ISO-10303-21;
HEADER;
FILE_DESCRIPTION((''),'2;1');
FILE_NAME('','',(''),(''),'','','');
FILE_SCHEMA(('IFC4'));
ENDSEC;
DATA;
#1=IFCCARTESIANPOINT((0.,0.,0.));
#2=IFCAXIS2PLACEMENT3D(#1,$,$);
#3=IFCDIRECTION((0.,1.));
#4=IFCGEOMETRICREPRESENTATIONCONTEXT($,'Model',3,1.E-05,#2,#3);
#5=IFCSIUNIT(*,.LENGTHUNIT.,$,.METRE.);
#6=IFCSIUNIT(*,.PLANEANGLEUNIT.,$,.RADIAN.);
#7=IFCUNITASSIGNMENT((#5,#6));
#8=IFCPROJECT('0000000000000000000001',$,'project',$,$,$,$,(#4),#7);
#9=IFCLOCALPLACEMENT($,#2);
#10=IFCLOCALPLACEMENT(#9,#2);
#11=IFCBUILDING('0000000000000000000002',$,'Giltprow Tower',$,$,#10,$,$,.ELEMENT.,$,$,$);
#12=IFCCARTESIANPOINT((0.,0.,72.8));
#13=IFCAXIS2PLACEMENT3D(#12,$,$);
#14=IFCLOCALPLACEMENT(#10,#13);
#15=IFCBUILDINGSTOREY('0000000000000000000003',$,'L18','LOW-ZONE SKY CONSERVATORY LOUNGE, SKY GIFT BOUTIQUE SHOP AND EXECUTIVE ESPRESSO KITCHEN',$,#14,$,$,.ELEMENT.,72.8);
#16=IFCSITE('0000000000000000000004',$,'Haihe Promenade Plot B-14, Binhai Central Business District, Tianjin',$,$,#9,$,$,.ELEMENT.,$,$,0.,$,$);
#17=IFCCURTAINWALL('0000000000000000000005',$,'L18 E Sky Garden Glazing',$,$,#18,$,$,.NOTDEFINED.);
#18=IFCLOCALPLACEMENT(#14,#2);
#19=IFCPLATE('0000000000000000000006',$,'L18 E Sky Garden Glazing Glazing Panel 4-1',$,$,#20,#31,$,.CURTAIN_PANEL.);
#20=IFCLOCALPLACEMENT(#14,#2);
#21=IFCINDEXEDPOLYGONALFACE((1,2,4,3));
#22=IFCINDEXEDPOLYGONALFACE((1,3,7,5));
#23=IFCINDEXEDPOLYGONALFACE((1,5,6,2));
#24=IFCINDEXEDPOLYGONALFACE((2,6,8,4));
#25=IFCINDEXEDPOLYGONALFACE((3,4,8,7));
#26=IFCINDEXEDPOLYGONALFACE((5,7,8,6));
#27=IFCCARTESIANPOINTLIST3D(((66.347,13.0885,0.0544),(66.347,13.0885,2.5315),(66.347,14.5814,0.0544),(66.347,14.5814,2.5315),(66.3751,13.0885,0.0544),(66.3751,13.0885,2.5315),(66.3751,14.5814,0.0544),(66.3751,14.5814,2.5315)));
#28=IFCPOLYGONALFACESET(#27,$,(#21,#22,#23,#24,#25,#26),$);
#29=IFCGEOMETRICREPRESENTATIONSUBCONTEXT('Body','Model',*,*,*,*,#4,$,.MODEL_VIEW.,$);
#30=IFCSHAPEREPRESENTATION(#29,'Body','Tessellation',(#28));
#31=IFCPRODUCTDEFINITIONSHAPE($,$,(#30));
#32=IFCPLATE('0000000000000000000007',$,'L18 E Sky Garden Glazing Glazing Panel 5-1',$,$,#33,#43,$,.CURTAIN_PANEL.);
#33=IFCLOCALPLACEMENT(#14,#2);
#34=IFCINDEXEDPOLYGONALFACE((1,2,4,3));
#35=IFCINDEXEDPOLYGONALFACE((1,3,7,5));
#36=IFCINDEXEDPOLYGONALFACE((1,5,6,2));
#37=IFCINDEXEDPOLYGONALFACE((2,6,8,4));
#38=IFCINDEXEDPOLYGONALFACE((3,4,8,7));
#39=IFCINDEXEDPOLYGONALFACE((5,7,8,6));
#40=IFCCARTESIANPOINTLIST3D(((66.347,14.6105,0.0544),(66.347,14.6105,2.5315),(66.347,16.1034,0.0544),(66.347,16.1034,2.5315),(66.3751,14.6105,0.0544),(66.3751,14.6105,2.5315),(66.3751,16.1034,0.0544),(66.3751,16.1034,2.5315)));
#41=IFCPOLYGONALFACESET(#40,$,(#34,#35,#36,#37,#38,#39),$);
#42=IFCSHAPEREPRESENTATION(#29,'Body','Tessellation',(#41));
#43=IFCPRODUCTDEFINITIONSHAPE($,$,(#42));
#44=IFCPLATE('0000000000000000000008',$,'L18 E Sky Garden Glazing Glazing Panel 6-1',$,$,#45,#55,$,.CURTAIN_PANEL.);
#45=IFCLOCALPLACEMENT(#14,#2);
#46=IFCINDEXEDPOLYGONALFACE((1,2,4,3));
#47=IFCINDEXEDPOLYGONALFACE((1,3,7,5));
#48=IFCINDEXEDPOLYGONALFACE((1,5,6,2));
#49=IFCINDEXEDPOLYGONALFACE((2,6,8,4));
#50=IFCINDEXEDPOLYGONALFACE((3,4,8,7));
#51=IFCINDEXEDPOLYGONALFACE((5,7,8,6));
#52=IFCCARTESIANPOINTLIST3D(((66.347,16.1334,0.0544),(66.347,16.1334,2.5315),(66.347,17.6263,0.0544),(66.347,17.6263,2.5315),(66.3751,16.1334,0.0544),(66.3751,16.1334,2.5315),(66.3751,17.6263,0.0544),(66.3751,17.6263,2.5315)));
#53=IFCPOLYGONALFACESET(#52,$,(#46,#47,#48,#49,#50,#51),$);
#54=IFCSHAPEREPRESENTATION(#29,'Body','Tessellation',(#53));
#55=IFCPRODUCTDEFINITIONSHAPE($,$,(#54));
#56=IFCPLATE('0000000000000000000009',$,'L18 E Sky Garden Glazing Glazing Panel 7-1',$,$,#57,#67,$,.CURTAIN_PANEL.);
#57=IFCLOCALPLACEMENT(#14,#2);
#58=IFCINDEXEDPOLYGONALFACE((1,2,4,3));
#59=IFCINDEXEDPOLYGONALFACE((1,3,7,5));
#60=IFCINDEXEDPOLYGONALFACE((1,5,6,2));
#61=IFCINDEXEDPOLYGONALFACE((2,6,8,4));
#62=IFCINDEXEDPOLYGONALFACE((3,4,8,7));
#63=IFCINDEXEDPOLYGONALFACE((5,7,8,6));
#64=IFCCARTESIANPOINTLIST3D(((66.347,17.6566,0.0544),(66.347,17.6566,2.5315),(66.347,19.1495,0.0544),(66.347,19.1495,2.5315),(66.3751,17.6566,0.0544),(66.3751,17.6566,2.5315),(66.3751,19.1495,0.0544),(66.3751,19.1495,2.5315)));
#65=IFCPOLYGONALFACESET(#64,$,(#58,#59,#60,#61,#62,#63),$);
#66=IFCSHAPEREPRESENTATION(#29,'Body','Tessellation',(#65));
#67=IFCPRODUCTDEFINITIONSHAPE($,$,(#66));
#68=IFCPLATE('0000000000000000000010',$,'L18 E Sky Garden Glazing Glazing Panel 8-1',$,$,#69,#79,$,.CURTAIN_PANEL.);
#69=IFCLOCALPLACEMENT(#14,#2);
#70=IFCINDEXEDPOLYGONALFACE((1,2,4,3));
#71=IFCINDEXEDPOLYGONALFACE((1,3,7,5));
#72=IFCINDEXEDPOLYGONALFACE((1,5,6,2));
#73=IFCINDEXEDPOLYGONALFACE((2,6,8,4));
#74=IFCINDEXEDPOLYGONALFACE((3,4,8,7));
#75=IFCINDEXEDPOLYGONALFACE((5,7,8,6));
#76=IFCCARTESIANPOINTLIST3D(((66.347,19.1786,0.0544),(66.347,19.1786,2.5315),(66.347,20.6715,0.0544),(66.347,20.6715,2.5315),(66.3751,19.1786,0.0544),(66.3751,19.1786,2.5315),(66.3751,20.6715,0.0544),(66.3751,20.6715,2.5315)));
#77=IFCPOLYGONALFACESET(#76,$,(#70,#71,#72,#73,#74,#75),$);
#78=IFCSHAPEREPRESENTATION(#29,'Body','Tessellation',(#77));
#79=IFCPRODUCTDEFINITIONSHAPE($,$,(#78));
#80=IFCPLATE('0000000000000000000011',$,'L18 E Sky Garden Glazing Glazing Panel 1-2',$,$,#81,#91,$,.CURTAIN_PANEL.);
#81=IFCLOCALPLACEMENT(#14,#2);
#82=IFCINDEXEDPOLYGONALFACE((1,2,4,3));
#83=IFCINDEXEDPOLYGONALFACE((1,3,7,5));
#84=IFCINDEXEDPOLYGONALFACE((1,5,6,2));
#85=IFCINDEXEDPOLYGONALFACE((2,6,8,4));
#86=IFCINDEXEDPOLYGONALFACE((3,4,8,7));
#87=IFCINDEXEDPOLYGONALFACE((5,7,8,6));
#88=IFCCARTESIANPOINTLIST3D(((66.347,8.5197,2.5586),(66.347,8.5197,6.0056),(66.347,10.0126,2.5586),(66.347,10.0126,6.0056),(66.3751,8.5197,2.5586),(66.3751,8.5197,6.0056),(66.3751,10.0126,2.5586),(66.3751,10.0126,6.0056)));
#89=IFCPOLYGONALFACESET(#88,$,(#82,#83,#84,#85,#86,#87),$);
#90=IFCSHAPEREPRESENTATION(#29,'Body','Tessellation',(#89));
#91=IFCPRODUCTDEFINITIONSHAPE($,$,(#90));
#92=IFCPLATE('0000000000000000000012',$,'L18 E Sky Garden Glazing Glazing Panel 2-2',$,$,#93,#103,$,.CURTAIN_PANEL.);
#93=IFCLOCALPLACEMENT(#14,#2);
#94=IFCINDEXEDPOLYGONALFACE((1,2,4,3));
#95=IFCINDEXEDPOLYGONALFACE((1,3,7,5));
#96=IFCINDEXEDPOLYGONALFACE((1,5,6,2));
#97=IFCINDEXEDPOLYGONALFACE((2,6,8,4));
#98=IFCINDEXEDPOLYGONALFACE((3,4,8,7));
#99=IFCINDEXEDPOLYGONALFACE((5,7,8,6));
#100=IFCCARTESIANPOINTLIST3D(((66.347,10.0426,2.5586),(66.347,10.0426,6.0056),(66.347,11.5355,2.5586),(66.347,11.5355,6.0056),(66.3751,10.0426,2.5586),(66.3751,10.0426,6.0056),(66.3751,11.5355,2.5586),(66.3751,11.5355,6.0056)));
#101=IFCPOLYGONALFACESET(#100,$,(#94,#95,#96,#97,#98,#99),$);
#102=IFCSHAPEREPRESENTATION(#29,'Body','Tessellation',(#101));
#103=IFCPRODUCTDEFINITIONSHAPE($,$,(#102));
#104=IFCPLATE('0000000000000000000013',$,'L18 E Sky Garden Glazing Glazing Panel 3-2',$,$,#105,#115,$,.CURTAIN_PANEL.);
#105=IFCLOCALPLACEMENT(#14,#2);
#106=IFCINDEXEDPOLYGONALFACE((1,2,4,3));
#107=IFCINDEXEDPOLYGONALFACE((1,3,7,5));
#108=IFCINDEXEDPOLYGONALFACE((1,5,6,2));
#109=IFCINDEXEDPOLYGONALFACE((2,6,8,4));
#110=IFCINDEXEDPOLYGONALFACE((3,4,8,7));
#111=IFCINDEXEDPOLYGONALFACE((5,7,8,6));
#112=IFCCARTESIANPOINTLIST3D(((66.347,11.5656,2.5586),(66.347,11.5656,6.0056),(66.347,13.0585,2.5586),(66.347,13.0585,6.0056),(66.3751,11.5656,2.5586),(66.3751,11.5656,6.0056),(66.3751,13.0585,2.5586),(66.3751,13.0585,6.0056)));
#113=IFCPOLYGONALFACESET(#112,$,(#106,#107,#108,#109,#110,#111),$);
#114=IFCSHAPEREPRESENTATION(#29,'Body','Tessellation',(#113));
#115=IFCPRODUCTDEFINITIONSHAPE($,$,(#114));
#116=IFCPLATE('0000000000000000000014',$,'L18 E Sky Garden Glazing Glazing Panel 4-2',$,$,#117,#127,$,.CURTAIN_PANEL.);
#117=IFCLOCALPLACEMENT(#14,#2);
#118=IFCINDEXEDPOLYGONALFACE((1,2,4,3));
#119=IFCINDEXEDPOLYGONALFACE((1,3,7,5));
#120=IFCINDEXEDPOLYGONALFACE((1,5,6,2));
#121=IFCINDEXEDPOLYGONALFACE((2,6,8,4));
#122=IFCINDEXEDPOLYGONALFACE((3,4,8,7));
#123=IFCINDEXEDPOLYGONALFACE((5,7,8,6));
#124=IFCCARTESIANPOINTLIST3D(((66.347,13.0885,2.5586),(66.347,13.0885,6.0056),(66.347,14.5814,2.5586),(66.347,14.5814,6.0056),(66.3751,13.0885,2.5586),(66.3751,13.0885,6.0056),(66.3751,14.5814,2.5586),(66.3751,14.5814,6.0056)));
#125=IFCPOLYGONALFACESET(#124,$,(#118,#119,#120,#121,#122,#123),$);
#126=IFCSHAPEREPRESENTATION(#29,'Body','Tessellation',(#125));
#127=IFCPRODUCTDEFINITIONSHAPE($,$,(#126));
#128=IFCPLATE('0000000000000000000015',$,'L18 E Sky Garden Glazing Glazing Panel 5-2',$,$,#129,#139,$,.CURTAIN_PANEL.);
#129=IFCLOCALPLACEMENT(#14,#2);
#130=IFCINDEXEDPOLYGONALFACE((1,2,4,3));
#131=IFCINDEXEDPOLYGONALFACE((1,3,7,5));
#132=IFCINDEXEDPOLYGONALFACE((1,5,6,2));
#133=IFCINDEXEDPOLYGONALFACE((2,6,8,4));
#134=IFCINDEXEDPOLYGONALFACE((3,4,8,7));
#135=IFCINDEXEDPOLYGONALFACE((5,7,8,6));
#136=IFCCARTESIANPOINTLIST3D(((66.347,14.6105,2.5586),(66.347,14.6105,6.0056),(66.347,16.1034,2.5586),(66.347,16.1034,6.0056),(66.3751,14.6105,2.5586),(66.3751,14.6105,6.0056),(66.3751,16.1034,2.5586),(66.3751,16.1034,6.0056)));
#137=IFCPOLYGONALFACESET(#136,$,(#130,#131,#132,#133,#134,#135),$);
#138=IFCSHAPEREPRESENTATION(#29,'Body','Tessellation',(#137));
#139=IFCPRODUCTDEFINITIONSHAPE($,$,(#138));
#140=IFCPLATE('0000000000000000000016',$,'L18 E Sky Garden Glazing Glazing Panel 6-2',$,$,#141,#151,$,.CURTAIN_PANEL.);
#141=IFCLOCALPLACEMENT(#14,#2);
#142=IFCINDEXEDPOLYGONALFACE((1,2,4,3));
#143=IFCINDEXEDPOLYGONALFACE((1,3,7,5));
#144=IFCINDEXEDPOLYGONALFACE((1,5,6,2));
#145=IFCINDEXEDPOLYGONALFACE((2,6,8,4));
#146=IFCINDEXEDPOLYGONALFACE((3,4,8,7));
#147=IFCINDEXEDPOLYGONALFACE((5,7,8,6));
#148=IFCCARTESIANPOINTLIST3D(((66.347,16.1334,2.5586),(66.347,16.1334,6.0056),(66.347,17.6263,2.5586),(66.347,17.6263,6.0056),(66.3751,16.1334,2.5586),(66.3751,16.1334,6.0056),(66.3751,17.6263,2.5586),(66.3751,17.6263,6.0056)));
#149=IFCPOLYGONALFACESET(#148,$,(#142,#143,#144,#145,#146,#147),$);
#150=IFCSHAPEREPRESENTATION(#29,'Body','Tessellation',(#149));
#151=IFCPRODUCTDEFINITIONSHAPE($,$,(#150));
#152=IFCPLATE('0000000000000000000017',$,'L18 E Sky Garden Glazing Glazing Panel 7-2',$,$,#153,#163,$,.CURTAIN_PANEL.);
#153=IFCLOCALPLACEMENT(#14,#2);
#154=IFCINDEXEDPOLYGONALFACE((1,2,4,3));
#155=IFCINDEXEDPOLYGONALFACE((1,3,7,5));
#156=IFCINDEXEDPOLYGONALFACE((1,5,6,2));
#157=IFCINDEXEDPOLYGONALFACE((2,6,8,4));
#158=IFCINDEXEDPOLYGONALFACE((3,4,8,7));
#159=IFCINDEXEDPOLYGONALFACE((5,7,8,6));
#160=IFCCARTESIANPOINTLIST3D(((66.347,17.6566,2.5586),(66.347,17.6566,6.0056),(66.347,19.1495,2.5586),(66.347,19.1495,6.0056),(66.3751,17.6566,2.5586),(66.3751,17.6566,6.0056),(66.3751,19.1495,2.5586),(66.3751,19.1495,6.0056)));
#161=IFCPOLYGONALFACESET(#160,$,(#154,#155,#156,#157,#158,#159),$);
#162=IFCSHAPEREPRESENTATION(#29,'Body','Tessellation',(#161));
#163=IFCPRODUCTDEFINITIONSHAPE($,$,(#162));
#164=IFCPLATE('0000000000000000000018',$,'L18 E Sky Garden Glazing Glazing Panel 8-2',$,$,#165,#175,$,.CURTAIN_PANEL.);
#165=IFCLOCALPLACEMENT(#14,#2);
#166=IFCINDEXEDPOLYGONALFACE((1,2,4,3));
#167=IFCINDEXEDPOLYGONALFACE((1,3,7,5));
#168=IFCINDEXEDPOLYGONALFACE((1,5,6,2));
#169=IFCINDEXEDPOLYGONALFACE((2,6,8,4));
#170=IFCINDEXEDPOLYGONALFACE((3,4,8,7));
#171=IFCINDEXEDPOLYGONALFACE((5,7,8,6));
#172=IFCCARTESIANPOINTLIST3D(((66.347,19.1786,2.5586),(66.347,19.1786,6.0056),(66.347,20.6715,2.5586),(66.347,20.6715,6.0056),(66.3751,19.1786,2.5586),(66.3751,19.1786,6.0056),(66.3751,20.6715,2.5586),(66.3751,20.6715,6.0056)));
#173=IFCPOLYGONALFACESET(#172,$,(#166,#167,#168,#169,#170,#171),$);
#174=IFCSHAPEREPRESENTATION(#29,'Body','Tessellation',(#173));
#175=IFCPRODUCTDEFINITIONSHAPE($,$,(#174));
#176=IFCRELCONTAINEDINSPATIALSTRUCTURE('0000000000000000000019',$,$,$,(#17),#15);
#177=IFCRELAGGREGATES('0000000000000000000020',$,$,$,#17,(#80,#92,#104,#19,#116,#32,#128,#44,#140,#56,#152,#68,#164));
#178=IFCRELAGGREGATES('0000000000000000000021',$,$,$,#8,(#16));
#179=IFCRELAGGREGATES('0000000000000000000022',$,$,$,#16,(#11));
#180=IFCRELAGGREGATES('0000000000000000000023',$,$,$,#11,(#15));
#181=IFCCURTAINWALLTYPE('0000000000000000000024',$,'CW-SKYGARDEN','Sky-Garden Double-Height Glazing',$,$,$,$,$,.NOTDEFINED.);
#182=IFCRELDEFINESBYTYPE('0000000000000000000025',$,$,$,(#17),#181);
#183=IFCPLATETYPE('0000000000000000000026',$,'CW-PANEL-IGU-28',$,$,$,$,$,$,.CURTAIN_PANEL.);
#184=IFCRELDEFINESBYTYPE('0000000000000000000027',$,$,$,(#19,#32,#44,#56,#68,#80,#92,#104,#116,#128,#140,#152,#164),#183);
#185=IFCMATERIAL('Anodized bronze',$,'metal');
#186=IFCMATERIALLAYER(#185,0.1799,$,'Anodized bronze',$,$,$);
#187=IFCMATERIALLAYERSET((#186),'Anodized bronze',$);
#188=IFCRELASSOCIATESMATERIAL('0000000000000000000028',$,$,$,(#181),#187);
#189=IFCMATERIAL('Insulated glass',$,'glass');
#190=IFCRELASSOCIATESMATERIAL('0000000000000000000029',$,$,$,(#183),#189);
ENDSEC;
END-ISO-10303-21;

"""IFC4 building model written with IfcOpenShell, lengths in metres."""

from ifc_helpers import new_model, si_unit, direction, frame, origin, origin_2d, place, context, subcontext, project, spatial, rectangle, extrude, source, transform, mapped, material, layer, layer_set, type_object, element, aggregate, save


model = new_model("IFC4")

# Units and contexts
model_context = context("Model", 3, precision=1e-05, world=origin(), true_north=direction((0.0, 1.0)))
body_context = subcontext(model_context, "Body", "Model", "MODEL_VIEW")
ifc_project = project(units=[si_unit("LENGTHUNIT", "METRE"), si_unit("PLANEANGLEUNIT", "RADIAN")], contexts=[model_context])

# Site, building, storey
site_placement = place(None, origin())
site = spatial("IfcSite", under=ifc_project, at=site_placement, Name="Haihe Promenade Plot B-14, Binhai Central Business District, Tianjin", CompositionType="ELEMENT", RefElevation=0.0)
building_placement = place(site_placement, origin())
building = spatial("IfcBuilding", under=site, at=building_placement, Name="Giltprow Tower", CompositionType="ELEMENT")
storey_placement = place(building_placement, frame((0.0, 0.0, 72.8)))
storey = spatial("IfcBuildingStorey", under=building, at=storey_placement, Name="L18", Description="LOW-ZONE SKY CONSERVATORY LOUNGE, SKY GIFT BOUTIQUE SHOP AND EXECUTIVE ESPRESSO KITCHEN", CompositionType="ELEMENT", Elevation=72.8)

# Curtain wall, plates
ifc_material_1 = material(Name="Anodized bronze", Category="metal")
ifc_layer = layer(ifc_material_1, 0.1799, Name="Anodized bronze")
ifc_layer_set = layer_set([ifc_layer], Name="Anodized bronze")
curtain_wall_type = type_object("IfcCurtainWallType", Name="CW-SKYGARDEN", Description="Sky-Garden Double-Height Glazing", PredefinedType="NOTDEFINED", material=ifc_layer_set)
curtain_wall_placement = place(storey_placement, origin())
curtain_wall = element("IfcCurtainWall", 1, at=curtain_wall_placement, inside=storey, type_object=curtain_wall_type, Name="L18 E Sky Garden Glazing", PredefinedType="NOTDEFINED")
ifc_material_2 = material(Name="Insulated glass", Category="glass")
plate_type = type_object("IfcPlateType", Name="CW-PANEL-IGU-28", PredefinedType="CURTAIN_PANEL", material=ifc_material_2)
shared_shape_1 = source(origin(), body_context, "Body", "SweptSolid", [
    extrude(rectangle(XDim=1.4929, YDim=0.0281, at=origin_2d()), origin(), (0.0, 0.0, 1.0), 2.4771),
])
plate_1_placement = place(storey_placement, frame((66.3611, 13.835, 0.0544), z_axis=(0.0, 0.0, 1.0), x_axis=(0.0, 1.0, 0.0)))
plate_1 = element("IfcPlate", 2, at=plate_1_placement, type_object=plate_type, Name="L18 E Sky Garden Glazing Glazing Panel 4-1", PredefinedType="CURTAIN_PANEL", context=body_context, shape_type="MappedRepresentation", body=[
    mapped(shared_shape_1, transform((0.0, 0.0, 0.0), x_axis=(1.0, 0.0, 0.0), y_axis=(0.0, 1.0, 0.0), z_axis=(0.0, 0.0, 1.0), scale=1.0)),
])
plate_2_placement = place(storey_placement, frame((66.3611, 15.3569, 0.0544), z_axis=(0.0, 0.0, 1.0), x_axis=(0.0, 1.0, 0.0)))
plate_2 = element("IfcPlate", 3, at=plate_2_placement, type_object=plate_type, Name="L18 E Sky Garden Glazing Glazing Panel 5-1", PredefinedType="CURTAIN_PANEL", context=body_context, shape_type="MappedRepresentation", body=[
    mapped(shared_shape_1, transform((0.0, 0.0, 0.0), x_axis=(1.0, 0.0, 0.0), y_axis=(0.0, 1.0, 0.0), z_axis=(0.0, 0.0, 1.0), scale=1.0)),
])
plate_3_placement = place(storey_placement, frame((66.3611, 16.8799, 0.0544), z_axis=(0.0, 0.0, 1.0), x_axis=(0.0, 1.0, 0.0)))
plate_3 = element("IfcPlate", 4, at=plate_3_placement, type_object=plate_type, Name="L18 E Sky Garden Glazing Glazing Panel 6-1", PredefinedType="CURTAIN_PANEL", context=body_context, shape_type="MappedRepresentation", body=[
    mapped(shared_shape_1, transform((0.0, 0.0, 0.0), x_axis=(1.0, 0.0, 0.0), y_axis=(0.0, 1.0, 0.0), z_axis=(0.0, 0.0, 1.0), scale=1.0)),
])
plate_4_placement = place(storey_placement, frame((66.3611, 18.4031, 0.0544), z_axis=(0.0, 0.0, 1.0), x_axis=(0.0, 1.0, 0.0)))
plate_4 = element("IfcPlate", 5, at=plate_4_placement, type_object=plate_type, Name="L18 E Sky Garden Glazing Glazing Panel 7-1", PredefinedType="CURTAIN_PANEL", context=body_context, shape_type="MappedRepresentation", body=[
    mapped(shared_shape_1, transform((0.0, 0.0, 0.0), x_axis=(1.0, 0.0, 0.0), y_axis=(0.0, 1.0, 0.0), z_axis=(0.0, 0.0, 1.0), scale=1.0)),
])
plate_5_placement = place(storey_placement, frame((66.3611, 19.925, 0.0544), z_axis=(0.0, 0.0, 1.0), x_axis=(0.0, 1.0, 0.0)))
plate_5 = element("IfcPlate", 6, at=plate_5_placement, type_object=plate_type, Name="L18 E Sky Garden Glazing Glazing Panel 8-1", PredefinedType="CURTAIN_PANEL", context=body_context, shape_type="MappedRepresentation", body=[
    mapped(shared_shape_1, transform((0.0, 0.0, 0.0), x_axis=(1.0, 0.0, 0.0), y_axis=(0.0, 1.0, 0.0), z_axis=(0.0, 0.0, 1.0), scale=1.0)),
])
shared_shape_2 = source(origin(), body_context, "Body", "SweptSolid", [
    extrude(rectangle(XDim=1.4929, YDim=0.0281, at=origin_2d()), origin(), (0.0, 0.0, 1.0), 3.447),
])
plate_6_placement = place(storey_placement, frame((66.3611, 9.2661, 2.5586), z_axis=(0.0, 0.0, 1.0), x_axis=(0.0, 1.0, 0.0)))
plate_6 = element("IfcPlate", 7, at=plate_6_placement, type_object=plate_type, Name="L18 E Sky Garden Glazing Glazing Panel 1-2", PredefinedType="CURTAIN_PANEL", context=body_context, shape_type="MappedRepresentation", body=[
    mapped(shared_shape_2, transform((0.0, 0.0, 0.0), x_axis=(1.0, 0.0, 0.0), y_axis=(0.0, 1.0, 0.0), z_axis=(0.0, 0.0, 1.0), scale=1.0)),
])
plate_7_placement = place(storey_placement, frame((66.3611, 10.7891, 2.5586), z_axis=(0.0, 0.0, 1.0), x_axis=(0.0, 1.0, 0.0)))
plate_7 = element("IfcPlate", 8, at=plate_7_placement, type_object=plate_type, Name="L18 E Sky Garden Glazing Glazing Panel 2-2", PredefinedType="CURTAIN_PANEL", context=body_context, shape_type="MappedRepresentation", body=[
    mapped(shared_shape_2, transform((0.0, 0.0, 0.0), x_axis=(1.0, 0.0, 0.0), y_axis=(0.0, 1.0, 0.0), z_axis=(0.0, 0.0, 1.0), scale=1.0)),
])
plate_8_placement = place(storey_placement, frame((66.3611, 12.312, 2.5586), z_axis=(0.0, 0.0, 1.0), x_axis=(0.0, 1.0, 0.0)))
plate_8 = element("IfcPlate", 9, at=plate_8_placement, type_object=plate_type, Name="L18 E Sky Garden Glazing Glazing Panel 3-2", PredefinedType="CURTAIN_PANEL", context=body_context, shape_type="MappedRepresentation", body=[
    mapped(shared_shape_2, transform((0.0, 0.0, 0.0), x_axis=(1.0, 0.0, 0.0), y_axis=(0.0, 1.0, 0.0), z_axis=(0.0, 0.0, 1.0), scale=1.0)),
])
plate_9_placement = place(storey_placement, frame((66.3611, 13.835, 2.5586), z_axis=(0.0, 0.0, 1.0), x_axis=(0.0, 1.0, 0.0)))
plate_9 = element("IfcPlate", 10, at=plate_9_placement, type_object=plate_type, Name="L18 E Sky Garden Glazing Glazing Panel 4-2", PredefinedType="CURTAIN_PANEL", context=body_context, shape_type="MappedRepresentation", body=[
    mapped(shared_shape_2, transform((0.0, 0.0, 0.0), x_axis=(1.0, 0.0, 0.0), y_axis=(0.0, 1.0, 0.0), z_axis=(0.0, 0.0, 1.0), scale=1.0)),
])
plate_10_placement = place(storey_placement, frame((66.3611, 15.3569, 2.5586), z_axis=(0.0, 0.0, 1.0), x_axis=(0.0, 1.0, 0.0)))
plate_10 = element("IfcPlate", 11, at=plate_10_placement, type_object=plate_type, Name="L18 E Sky Garden Glazing Glazing Panel 5-2", PredefinedType="CURTAIN_PANEL", context=body_context, shape_type="MappedRepresentation", body=[
    mapped(shared_shape_2, transform((0.0, 0.0, 0.0), x_axis=(1.0, 0.0, 0.0), y_axis=(0.0, 1.0, 0.0), z_axis=(0.0, 0.0, 1.0), scale=1.0)),
])
plate_11_placement = place(storey_placement, frame((66.3611, 16.8799, 2.5586), z_axis=(0.0, 0.0, 1.0), x_axis=(0.0, 1.0, 0.0)))
plate_11 = element("IfcPlate", 12, at=plate_11_placement, type_object=plate_type, Name="L18 E Sky Garden Glazing Glazing Panel 6-2", PredefinedType="CURTAIN_PANEL", context=body_context, shape_type="MappedRepresentation", body=[
    mapped(shared_shape_2, transform((0.0, 0.0, 0.0), x_axis=(1.0, 0.0, 0.0), y_axis=(0.0, 1.0, 0.0), z_axis=(0.0, 0.0, 1.0), scale=1.0)),
])
plate_12_placement = place(storey_placement, frame((66.3611, 18.4031, 2.5586), z_axis=(0.0, 0.0, 1.0), x_axis=(0.0, 1.0, 0.0)))
plate_12 = element("IfcPlate", 13, at=plate_12_placement, type_object=plate_type, Name="L18 E Sky Garden Glazing Glazing Panel 7-2", PredefinedType="CURTAIN_PANEL", context=body_context, shape_type="MappedRepresentation", body=[
    mapped(shared_shape_2, transform((0.0, 0.0, 0.0), x_axis=(1.0, 0.0, 0.0), y_axis=(0.0, 1.0, 0.0), z_axis=(0.0, 0.0, 1.0), scale=1.0)),
])
plate_13_placement = place(storey_placement, frame((66.3611, 19.925, 2.5586), z_axis=(0.0, 0.0, 1.0), x_axis=(0.0, 1.0, 0.0)))
plate_13 = element("IfcPlate", 14, at=plate_13_placement, type_object=plate_type, Name="L18 E Sky Garden Glazing Glazing Panel 8-2", PredefinedType="CURTAIN_PANEL", context=body_context, shape_type="MappedRepresentation", body=[
    mapped(shared_shape_2, transform((0.0, 0.0, 0.0), x_axis=(1.0, 0.0, 0.0), y_axis=(0.0, 1.0, 0.0), z_axis=(0.0, 0.0, 1.0), scale=1.0)),
])
aggregate(curtain_wall, [plate_6, plate_7, plate_8, plate_1, plate_9, plate_2, plate_10, plate_3, plate_11, plate_4, plate_12, plate_5, plate_13])

save(model, "model.ifc")
